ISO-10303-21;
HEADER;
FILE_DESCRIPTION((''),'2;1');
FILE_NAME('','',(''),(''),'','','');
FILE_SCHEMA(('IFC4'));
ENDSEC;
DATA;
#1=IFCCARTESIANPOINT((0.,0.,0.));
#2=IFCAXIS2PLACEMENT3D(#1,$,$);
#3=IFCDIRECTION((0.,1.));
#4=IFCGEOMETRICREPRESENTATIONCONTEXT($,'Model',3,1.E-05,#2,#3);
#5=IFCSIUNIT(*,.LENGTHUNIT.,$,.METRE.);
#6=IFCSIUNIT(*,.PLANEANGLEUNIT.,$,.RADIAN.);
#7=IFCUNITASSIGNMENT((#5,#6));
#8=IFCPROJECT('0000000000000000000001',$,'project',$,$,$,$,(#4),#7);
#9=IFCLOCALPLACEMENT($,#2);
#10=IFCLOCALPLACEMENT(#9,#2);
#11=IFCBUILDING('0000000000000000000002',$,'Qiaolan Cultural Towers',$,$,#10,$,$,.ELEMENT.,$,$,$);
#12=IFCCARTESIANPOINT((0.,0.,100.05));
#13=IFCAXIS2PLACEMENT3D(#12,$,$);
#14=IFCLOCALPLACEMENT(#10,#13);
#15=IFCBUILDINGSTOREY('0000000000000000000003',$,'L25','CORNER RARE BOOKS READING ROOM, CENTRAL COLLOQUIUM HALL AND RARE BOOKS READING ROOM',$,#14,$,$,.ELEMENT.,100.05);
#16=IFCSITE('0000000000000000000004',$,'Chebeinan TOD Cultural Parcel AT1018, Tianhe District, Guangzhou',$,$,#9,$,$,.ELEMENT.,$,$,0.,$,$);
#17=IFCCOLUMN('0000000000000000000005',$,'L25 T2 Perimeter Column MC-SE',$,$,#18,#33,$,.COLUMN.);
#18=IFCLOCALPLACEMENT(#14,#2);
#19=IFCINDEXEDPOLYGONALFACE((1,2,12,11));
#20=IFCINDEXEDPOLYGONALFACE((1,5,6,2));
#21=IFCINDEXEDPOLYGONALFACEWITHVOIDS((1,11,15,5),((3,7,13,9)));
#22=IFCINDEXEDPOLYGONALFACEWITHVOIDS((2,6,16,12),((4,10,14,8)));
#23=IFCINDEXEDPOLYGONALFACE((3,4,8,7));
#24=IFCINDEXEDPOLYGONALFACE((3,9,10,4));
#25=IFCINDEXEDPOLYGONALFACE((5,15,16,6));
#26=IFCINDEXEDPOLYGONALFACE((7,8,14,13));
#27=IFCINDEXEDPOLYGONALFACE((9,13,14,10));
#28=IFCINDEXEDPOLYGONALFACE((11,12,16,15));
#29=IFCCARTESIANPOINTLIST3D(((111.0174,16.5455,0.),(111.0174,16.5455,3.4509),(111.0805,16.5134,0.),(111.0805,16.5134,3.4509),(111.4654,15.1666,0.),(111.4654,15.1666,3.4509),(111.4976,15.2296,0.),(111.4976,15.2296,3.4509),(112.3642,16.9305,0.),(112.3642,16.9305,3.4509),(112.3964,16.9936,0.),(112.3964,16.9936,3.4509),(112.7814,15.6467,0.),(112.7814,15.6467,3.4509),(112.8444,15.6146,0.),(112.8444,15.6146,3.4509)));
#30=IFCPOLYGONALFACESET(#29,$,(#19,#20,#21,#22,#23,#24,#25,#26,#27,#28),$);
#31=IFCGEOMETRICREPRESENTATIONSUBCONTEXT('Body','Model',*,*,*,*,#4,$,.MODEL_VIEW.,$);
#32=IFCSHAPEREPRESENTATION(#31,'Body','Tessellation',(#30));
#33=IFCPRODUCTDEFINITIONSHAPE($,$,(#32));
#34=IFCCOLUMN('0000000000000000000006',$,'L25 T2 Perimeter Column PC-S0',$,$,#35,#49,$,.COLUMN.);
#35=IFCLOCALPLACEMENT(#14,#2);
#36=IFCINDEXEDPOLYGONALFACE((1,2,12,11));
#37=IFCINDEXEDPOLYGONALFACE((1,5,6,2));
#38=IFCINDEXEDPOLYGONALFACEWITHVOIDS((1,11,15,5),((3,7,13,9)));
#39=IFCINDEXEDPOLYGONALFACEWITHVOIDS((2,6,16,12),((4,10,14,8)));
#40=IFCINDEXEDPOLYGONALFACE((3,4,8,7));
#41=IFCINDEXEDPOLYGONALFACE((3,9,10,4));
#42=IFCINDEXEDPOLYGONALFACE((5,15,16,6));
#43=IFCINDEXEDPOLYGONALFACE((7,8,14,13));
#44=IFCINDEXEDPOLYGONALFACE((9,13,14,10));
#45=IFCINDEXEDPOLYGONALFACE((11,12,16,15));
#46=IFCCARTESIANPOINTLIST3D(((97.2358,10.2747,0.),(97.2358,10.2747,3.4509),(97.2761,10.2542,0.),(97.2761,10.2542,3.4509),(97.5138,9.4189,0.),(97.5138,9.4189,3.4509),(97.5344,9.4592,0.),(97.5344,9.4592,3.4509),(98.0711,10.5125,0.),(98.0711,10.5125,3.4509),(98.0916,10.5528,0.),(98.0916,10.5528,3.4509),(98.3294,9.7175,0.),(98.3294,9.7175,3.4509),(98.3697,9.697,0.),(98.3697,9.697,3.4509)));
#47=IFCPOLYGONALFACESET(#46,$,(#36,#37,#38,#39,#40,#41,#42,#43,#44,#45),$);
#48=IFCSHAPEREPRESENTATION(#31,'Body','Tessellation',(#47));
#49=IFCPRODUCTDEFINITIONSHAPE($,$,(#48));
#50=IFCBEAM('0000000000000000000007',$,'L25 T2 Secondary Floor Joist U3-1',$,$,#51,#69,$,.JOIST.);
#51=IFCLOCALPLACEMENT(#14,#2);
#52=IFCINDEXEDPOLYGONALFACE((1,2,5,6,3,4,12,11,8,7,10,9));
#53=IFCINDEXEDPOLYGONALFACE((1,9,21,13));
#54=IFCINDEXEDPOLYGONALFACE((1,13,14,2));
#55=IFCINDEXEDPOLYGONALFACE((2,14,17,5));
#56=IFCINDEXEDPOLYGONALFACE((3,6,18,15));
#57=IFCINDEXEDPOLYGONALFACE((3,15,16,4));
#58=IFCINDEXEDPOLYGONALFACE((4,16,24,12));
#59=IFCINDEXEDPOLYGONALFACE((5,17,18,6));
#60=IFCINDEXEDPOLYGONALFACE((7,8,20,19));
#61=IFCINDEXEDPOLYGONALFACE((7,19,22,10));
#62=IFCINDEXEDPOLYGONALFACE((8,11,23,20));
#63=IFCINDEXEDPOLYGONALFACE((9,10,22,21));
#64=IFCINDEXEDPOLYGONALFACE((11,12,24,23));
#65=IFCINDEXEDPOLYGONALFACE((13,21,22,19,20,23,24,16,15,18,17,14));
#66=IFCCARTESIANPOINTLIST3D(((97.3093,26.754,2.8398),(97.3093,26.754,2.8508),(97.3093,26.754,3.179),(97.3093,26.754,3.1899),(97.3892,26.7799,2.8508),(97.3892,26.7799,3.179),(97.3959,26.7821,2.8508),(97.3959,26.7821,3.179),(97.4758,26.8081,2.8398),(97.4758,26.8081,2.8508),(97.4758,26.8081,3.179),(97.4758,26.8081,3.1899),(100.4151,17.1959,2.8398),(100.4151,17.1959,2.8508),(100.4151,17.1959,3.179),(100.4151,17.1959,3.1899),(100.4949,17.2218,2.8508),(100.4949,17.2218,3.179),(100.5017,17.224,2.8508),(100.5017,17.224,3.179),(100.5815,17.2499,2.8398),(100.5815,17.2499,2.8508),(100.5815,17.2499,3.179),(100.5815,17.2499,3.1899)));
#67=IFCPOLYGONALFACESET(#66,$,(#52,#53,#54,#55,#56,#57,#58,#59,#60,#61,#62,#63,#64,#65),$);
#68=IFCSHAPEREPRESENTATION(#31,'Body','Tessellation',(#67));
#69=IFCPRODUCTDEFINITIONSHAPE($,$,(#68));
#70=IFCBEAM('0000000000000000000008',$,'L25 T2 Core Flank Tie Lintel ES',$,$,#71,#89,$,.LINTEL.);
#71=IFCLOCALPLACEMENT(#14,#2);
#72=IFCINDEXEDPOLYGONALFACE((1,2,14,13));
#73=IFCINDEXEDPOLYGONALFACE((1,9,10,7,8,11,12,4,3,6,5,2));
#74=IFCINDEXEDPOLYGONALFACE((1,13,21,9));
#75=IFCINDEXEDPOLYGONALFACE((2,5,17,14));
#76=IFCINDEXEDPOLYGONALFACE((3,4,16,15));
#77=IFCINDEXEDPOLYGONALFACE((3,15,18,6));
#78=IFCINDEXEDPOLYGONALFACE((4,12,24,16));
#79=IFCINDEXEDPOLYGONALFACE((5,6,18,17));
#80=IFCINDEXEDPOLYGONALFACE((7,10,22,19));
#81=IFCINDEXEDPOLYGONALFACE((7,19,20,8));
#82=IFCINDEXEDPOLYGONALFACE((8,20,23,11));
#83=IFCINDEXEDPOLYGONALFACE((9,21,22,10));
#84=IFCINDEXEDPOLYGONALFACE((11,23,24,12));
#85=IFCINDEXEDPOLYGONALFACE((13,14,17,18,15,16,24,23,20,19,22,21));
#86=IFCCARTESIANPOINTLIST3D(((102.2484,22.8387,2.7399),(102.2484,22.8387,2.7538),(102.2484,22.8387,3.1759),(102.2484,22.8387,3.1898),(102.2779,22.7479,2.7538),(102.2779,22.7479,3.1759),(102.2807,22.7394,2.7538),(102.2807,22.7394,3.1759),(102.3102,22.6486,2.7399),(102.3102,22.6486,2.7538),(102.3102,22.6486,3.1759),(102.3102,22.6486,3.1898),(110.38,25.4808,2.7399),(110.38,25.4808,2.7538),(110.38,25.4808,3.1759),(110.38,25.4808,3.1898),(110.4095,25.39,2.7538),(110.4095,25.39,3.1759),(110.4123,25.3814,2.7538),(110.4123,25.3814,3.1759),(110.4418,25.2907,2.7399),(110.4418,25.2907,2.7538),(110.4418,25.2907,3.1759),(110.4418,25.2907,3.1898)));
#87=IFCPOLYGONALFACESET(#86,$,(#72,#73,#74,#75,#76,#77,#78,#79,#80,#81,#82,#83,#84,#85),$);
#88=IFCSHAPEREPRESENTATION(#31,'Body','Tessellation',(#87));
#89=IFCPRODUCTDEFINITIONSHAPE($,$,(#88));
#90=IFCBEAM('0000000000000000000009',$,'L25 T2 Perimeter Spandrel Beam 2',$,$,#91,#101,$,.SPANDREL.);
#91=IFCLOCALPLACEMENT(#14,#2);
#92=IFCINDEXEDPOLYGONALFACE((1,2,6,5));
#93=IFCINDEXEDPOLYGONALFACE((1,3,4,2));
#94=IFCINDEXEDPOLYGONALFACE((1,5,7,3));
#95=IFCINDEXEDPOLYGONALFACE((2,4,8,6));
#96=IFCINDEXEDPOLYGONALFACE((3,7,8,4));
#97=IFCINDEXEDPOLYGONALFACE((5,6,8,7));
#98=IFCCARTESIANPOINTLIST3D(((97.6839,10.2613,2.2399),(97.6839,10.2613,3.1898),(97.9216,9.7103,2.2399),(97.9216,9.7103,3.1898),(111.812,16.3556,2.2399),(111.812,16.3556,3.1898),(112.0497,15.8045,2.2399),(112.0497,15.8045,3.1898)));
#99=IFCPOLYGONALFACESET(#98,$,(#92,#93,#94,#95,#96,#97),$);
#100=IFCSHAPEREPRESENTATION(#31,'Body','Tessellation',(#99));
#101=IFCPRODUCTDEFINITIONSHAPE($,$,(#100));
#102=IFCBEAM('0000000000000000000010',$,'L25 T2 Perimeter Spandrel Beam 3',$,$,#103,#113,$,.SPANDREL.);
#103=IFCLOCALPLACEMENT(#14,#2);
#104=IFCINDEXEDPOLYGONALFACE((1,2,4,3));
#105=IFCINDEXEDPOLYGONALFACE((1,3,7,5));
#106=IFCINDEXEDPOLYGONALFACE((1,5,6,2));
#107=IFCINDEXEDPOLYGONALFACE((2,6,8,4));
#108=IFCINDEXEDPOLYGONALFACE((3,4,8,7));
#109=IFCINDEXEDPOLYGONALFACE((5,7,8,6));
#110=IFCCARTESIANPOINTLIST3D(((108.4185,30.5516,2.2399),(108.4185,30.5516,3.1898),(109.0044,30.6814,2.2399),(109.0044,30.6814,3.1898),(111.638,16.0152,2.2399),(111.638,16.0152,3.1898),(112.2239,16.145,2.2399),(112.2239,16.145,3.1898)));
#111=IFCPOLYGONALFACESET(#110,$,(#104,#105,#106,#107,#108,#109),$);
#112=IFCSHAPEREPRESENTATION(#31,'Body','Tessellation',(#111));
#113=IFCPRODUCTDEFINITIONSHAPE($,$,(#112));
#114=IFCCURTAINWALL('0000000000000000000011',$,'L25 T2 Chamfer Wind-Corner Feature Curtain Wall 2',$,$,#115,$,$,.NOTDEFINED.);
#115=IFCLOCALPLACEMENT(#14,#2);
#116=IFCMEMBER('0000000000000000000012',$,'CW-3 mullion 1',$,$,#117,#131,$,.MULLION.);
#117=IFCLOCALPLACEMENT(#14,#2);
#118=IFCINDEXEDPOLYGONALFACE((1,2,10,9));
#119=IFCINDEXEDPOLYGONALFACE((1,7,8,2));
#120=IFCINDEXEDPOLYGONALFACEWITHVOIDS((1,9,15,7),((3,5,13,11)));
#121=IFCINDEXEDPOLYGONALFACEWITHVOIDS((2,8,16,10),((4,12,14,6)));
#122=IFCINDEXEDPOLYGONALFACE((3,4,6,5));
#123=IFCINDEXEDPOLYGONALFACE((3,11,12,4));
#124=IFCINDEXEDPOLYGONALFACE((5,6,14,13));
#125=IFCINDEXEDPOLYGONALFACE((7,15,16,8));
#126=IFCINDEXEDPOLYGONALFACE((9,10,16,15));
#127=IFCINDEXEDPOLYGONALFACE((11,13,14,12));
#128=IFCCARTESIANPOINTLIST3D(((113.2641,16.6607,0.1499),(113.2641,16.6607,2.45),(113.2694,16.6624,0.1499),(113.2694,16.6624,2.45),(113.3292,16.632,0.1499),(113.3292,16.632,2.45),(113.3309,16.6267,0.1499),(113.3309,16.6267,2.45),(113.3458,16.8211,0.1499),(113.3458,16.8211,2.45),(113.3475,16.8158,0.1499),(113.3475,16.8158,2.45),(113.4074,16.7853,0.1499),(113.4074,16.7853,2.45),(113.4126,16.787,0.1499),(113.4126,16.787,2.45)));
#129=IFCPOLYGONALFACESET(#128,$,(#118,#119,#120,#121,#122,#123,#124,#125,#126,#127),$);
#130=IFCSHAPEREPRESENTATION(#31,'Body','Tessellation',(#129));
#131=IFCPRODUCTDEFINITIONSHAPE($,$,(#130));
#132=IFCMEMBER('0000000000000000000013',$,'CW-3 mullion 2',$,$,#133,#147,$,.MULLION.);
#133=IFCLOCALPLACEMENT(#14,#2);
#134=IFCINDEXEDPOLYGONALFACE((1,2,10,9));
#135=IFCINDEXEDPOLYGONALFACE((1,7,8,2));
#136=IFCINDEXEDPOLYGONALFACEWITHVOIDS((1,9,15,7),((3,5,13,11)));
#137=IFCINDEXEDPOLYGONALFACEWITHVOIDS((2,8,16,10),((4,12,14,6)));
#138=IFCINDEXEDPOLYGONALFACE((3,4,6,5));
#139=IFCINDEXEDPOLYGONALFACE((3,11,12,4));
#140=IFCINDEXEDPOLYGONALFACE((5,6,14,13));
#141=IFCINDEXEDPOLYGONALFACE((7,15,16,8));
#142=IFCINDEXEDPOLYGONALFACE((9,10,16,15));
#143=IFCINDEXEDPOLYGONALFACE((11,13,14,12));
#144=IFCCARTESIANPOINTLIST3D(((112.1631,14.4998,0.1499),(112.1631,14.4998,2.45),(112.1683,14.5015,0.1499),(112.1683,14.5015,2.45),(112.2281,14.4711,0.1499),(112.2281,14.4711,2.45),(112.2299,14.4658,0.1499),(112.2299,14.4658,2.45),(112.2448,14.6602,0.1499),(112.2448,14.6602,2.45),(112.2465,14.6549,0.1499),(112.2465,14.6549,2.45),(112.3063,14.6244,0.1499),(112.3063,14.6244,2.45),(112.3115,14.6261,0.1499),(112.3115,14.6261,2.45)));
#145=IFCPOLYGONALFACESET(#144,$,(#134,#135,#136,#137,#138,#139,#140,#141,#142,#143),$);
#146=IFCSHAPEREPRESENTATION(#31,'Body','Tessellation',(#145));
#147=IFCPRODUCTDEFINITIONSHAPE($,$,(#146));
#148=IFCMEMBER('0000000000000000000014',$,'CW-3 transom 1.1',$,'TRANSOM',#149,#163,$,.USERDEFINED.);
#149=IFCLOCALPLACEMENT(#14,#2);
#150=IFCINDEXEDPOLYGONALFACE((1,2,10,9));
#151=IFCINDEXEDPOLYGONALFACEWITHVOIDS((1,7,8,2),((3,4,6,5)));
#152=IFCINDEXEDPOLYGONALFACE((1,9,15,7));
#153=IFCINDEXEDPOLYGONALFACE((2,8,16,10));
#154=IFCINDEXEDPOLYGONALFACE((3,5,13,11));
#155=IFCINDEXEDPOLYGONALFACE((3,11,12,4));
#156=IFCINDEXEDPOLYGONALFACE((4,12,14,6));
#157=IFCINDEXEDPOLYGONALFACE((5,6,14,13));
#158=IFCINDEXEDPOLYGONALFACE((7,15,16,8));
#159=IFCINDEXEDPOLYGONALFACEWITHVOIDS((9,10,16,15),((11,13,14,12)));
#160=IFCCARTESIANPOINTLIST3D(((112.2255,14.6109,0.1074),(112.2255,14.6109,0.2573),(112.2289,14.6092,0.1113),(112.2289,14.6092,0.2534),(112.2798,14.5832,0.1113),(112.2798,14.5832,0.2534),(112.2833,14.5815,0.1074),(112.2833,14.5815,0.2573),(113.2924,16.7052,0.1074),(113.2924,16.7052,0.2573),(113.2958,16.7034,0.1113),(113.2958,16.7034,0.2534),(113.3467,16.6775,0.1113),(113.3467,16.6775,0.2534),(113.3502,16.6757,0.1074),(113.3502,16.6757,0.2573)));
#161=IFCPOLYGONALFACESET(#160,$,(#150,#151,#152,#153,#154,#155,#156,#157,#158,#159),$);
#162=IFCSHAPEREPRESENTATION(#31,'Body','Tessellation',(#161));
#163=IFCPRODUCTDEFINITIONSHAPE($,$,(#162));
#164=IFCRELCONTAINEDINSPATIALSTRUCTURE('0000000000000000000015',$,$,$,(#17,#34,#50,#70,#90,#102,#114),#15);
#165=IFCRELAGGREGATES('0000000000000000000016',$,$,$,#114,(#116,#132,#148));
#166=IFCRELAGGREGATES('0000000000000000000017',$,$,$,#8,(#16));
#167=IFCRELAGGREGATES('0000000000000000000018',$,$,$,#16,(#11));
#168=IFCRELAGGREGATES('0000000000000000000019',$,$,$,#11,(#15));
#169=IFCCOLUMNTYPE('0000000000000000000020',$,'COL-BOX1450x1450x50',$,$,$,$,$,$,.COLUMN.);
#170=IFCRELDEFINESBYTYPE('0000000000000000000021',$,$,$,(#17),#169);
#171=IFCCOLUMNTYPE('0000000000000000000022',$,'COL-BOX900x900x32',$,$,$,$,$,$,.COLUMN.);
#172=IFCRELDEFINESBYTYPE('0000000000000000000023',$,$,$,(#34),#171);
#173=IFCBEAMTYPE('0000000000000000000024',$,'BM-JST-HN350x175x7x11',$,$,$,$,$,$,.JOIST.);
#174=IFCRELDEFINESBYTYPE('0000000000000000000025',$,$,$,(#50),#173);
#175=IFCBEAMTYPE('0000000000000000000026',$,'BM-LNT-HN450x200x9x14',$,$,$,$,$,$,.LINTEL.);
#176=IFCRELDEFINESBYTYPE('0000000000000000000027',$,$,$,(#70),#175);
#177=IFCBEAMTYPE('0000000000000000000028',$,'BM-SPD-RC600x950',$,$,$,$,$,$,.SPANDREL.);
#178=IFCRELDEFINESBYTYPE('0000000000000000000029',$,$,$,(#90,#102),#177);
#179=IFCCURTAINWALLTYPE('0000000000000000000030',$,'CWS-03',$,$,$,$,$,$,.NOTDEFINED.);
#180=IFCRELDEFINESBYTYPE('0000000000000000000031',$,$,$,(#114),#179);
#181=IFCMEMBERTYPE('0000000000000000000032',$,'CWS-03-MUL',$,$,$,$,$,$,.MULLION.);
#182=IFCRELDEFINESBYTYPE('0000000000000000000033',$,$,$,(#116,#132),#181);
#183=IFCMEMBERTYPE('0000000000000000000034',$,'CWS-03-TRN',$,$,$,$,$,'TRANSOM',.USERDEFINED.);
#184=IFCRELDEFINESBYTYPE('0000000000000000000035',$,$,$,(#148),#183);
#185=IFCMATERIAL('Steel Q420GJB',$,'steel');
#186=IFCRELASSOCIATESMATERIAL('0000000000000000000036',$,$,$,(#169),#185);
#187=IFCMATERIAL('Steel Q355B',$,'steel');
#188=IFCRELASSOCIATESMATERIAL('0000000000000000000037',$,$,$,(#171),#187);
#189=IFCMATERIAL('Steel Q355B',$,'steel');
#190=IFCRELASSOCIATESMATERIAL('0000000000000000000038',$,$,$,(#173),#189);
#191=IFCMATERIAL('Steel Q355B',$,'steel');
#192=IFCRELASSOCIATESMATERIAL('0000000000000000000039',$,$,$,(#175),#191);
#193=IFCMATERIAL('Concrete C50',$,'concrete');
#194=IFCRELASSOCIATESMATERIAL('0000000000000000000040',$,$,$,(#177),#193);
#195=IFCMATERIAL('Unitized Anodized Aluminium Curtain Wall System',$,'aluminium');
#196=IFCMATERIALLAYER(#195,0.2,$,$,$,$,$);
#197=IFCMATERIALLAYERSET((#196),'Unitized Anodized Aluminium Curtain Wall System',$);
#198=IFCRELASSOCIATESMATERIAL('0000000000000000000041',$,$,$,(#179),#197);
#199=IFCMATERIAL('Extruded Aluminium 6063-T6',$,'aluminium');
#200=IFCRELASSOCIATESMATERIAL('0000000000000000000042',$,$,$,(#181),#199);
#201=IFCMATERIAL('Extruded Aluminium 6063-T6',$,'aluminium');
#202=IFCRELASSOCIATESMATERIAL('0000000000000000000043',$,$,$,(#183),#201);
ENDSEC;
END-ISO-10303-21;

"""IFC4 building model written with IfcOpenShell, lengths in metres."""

from ifc_helpers import new_model, si_unit, direction, frame, origin, origin_2d, place, context, subcontext, project, spatial, rectangle, hollow_rectangle, i_section, extrude, material, layer, layer_set, material_profile, profile_set, type_object, element, aggregate, save


model = new_model("IFC4")

# Units and contexts
model_context = context("Model", 3, precision=1e-05, world=origin(), true_north=direction((0.0, 1.0)))
body_context = subcontext(model_context, "Body", "Model", "MODEL_VIEW")
ifc_project = project(units=[si_unit("LENGTHUNIT", "METRE"), si_unit("PLANEANGLEUNIT", "RADIAN")], contexts=[model_context])

# Site, building, storey
site_placement = place(None, origin())
site = spatial("IfcSite", under=ifc_project, at=site_placement, Name="Chebeinan TOD Cultural Parcel AT1018, Tianhe District, Guangzhou", CompositionType="ELEMENT", RefElevation=0.0)
building_placement = place(site_placement, origin())
building = spatial("IfcBuilding", under=site, at=building_placement, Name="Qiaolan Cultural Towers", CompositionType="ELEMENT")
storey_placement = place(building_placement, frame((0.0, 0.0, 100.05)))
storey = spatial("IfcBuildingStorey", under=building, at=storey_placement, Name="L25", Description="CORNER RARE BOOKS READING ROOM, CENTRAL COLLOQUIUM HALL AND RARE BOOKS READING ROOM", CompositionType="ELEMENT", Elevation=100.05)

# Columns
ifc_material_1 = material(Name="Steel Q420GJB", Category="steel")
ifc_material_profile_1 = material_profile(ifc_material_1, hollow_rectangle(XDim=1.45, YDim=1.45, WallThickness=0.05, at=origin_2d()), Name="BOX1450x1450x50")
ifc_profile_set_1 = profile_set([ifc_material_profile_1], Name="Steel Q420GJB")
column_type_1 = type_object("IfcColumnType", Name="COL-BOX1450x1450x50", PredefinedType="COLUMN", material=ifc_profile_set_1)
column_1_placement = place(storey_placement, frame((111.9309, 16.0801, 0.0), z_axis=(0.0, 0.0, 1.0), x_axis=(0.951057, 0.309017, 0.0)))
element("IfcColumn", 1, at=column_1_placement, inside=storey, type_object=column_type_1, Name="L25 T2 Perimeter Column MC-SE", PredefinedType="COLUMN", context=body_context, shape_type="SweptSolid", body=[
    extrude(hollow_rectangle(XDim=1.45, YDim=1.45, WallThickness=0.05, at=origin_2d()), origin(), (0.0, 0.0, 1.0), 3.4509),
])
ifc_material_2 = material(Name="Steel Q355B", Category="steel")
ifc_material_profile_2 = material_profile(ifc_material_2, hollow_rectangle(XDim=0.8999, YDim=0.8999, WallThickness=0.032, at=origin_2d()), Name="BOX900x900x32")
ifc_profile_set_2 = profile_set([ifc_material_profile_2], Name="Steel Q355B")
column_type_2 = type_object("IfcColumnType", Name="COL-BOX900x900x32", PredefinedType="COLUMN", material=ifc_profile_set_2)
column_2_placement = place(storey_placement, frame((97.8027, 9.9858, 0.0), z_axis=(0.0, 0.0, 1.0), x_axis=(0.951057, 0.309017, 0.0)))
element("IfcColumn", 2, at=column_2_placement, inside=storey, type_object=column_type_2, Name="L25 T2 Perimeter Column PC-S0", PredefinedType="COLUMN", context=body_context, shape_type="SweptSolid", body=[
    extrude(hollow_rectangle(XDim=0.8999, YDim=0.8999, WallThickness=0.032, at=origin_2d()), origin(), (0.0, 0.0, 1.0), 3.4509),
])

# Beams
ifc_material_3 = material(Name="Steel Q355B", Category="steel")
ifc_material_profile_3 = material_profile(ifc_material_3, i_section(OverallWidth=0.175, OverallDepth=0.3501, WebThickness=0.0071, FlangeThickness=0.011, at=origin_2d()), Name="HN350x175x7x11")
ifc_profile_set_3 = profile_set([ifc_material_profile_3], Name="Steel Q355B")
beam_type_1 = type_object("IfcBeamType", Name="BM-JST-HN350x175x7x11", PredefinedType="JOIST", material=ifc_profile_set_3)
beam_1_placement = place(storey_placement, frame((100.4983, 17.2229, 3.0149), z_axis=(-0.309026, 0.951054, 0.0), x_axis=(-0.951054, -0.309026, 0.0)))
element("IfcBeam", 3, at=beam_1_placement, inside=storey, type_object=beam_type_1, Name="L25 T2 Secondary Floor Joist U3-1", PredefinedType="JOIST", context=body_context, shape_type="SweptSolid", body=[
    extrude(i_section(OverallWidth=0.175, OverallDepth=0.3501, WebThickness=0.0071, FlangeThickness=0.011, at=origin_2d()), origin(), (0.0, 0.0, 1.0), 10.05),
])
ifc_material_4 = material(Name="Steel Q355B", Category="steel")
ifc_material_profile_4 = material_profile(ifc_material_4, i_section(OverallWidth=0.2, OverallDepth=0.45, WebThickness=0.009, FlangeThickness=0.0139, at=origin_2d()), Name="HN450x200x9x14")
ifc_profile_set_4 = profile_set([ifc_material_profile_4], Name="Steel Q355B")
beam_type_2 = type_object("IfcBeamType", Name="BM-LNT-HN450x200x9x14", PredefinedType="LINTEL", material=ifc_profile_set_4)
beam_2_placement = place(storey_placement, frame((102.2793, 22.7437, 2.9648), z_axis=(0.951057, 0.309014, 0.0), x_axis=(-0.309014, 0.951057, 0.0)))
element("IfcBeam", 4, at=beam_2_placement, inside=storey, type_object=beam_type_2, Name="L25 T2 Core Flank Tie Lintel ES", PredefinedType="LINTEL", context=body_context, shape_type="SweptSolid", body=[
    extrude(i_section(OverallWidth=0.2, OverallDepth=0.45, WebThickness=0.009, FlangeThickness=0.0139, at=origin_2d()), origin(), (0.0, 0.0, 1.0), 8.55),
])
ifc_material_5 = material(Name="Concrete C50", Category="concrete")
ifc_material_profile_5 = material_profile(ifc_material_5, rectangle(XDim=0.6001, YDim=0.95, at=origin_2d()), Name="RC600x950")
ifc_profile_set_5 = profile_set([ifc_material_profile_5], Name="Concrete C50")
beam_type_3 = type_object("IfcBeamType", Name="BM-SPD-RC600x950", PredefinedType="SPANDREL", material=ifc_profile_set_5)
beam_3_placement = place(storey_placement, frame((97.8027, 9.9858, 2.7148), z_axis=(0.918218, 0.396076, 0.0), x_axis=(-0.396076, 0.918218, 0.0)))
element("IfcBeam", 5, at=beam_3_placement, inside=storey, type_object=beam_type_3, Name="L25 T2 Perimeter Spandrel Beam 2", PredefinedType="SPANDREL", context=body_context, shape_type="SweptSolid", body=[
    extrude(rectangle(XDim=0.6001, YDim=0.95, at=origin_2d()), origin(), (0.0, 0.0, 1.0), 15.3865),
])
beam_4_placement = place(storey_placement, frame((111.9309, 16.0801, 2.7148), z_axis=(-0.216238, 0.976341, 0.0), x_axis=(-0.976341, -0.216238, 0.0)))
element("IfcBeam", 6, at=beam_4_placement, inside=storey, type_object=beam_type_3, Name="L25 T2 Perimeter Spandrel Beam 3", PredefinedType="SPANDREL", context=body_context, shape_type="SweptSolid", body=[
    extrude(rectangle(XDim=0.6001, YDim=0.95, at=origin_2d()), origin(), (0.0, 0.0, 1.0), 14.8887),
])

# Curtain wall, members
ifc_material_6 = material(Name="Unitized Anodized Aluminium Curtain Wall System", Category="aluminium")
ifc_layer_1 = layer(ifc_material_6, 0.2)
ifc_layer_set_1 = layer_set([ifc_layer_1], Name="Unitized Anodized Aluminium Curtain Wall System")
curtain_wall_type = type_object("IfcCurtainWallType", Name="CWS-03", PredefinedType="NOTDEFINED", material=ifc_layer_set_1)
curtain_wall_placement = place(storey_placement, origin())
curtain_wall = element("IfcCurtainWall", 7, at=curtain_wall_placement, inside=storey, type_object=curtain_wall_type, Name="L25 T2 Chamfer Wind-Corner Feature Curtain Wall 2", PredefinedType="NOTDEFINED")
ifc_material_7 = material(Name="Extruded Aluminium 6063-T6", Category="aluminium")
ifc_material_profile_6 = material_profile(ifc_material_7, hollow_rectangle(XDim=0.075, YDim=0.1799, WallThickness=0.0039, at=origin_2d()), Name="CWM-180x75x4")
ifc_profile_set_6 = profile_set([ifc_material_profile_6], Name="Extruded Aluminium 6063-T6")
member_type_1 = type_object("IfcMemberType", Name="CWS-03-MUL", PredefinedType="MULLION", material=ifc_profile_set_6)
member_1_placement = place(storey_placement, frame((113.3384, 16.7239, 0.1499), z_axis=(0.0, 0.0, 1.0), x_axis=(0.891006, -0.453991, 0.0)))
member_1 = element("IfcMember", 8, at=member_1_placement, type_object=member_type_1, Name="CW-3 mullion 1", PredefinedType="MULLION", context=body_context, shape_type="SweptSolid", body=[
    extrude(hollow_rectangle(XDim=0.075, YDim=0.1799, WallThickness=0.0039, at=origin_2d()), origin(), (0.0, 0.0, 1.0), 2.3),
])
member_2_placement = place(storey_placement, frame((112.2373, 14.563, 0.1499), z_axis=(0.0, 0.0, 1.0), x_axis=(0.891006, -0.453991, 0.0)))
member_2 = element("IfcMember", 9, at=member_2_placement, type_object=member_type_1, Name="CW-3 mullion 2", PredefinedType="MULLION", context=body_context, shape_type="SweptSolid", body=[
    extrude(hollow_rectangle(XDim=0.075, YDim=0.1799, WallThickness=0.0039, at=origin_2d()), origin(), (0.0, 0.0, 1.0), 2.3),
])
ifc_material_8 = material(Name="Extruded Aluminium 6063-T6", Category="aluminium")
ifc_material_profile_7 = material_profile(ifc_material_8, hollow_rectangle(XDim=0.0649, YDim=0.1499, WallThickness=0.0039, at=origin_2d()), Name="CWT-150x65x4")
ifc_profile_set_7 = profile_set([ifc_material_profile_7], Name="Extruded Aluminium 6063-T6")
member_type_2 = type_object("IfcMemberType", Name="CWS-03-TRN", ElementType="TRANSOM", PredefinedType="USERDEFINED", material=ifc_profile_set_7)
member_3_placement = place(storey_placement, frame((113.3213, 16.6904, 0.1824), z_axis=(-0.453932, -0.891036, 0.0), x_axis=(0.891036, -0.453932, 0.0)))
member_3 = element("IfcMember", 10, at=member_3_placement, type_object=member_type_2, Name="CW-3 transom 1.1", ObjectType="TRANSOM", PredefinedType="USERDEFINED", context=body_context, shape_type="SweptSolid", body=[
    extrude(hollow_rectangle(XDim=0.0649, YDim=0.1499, WallThickness=0.0039, at=origin_2d()), origin(), (0.0, 0.0, 1.0), 2.3503),
])
aggregate(curtain_wall, [member_1, member_2, member_3])

save(model, "model.ifc")
